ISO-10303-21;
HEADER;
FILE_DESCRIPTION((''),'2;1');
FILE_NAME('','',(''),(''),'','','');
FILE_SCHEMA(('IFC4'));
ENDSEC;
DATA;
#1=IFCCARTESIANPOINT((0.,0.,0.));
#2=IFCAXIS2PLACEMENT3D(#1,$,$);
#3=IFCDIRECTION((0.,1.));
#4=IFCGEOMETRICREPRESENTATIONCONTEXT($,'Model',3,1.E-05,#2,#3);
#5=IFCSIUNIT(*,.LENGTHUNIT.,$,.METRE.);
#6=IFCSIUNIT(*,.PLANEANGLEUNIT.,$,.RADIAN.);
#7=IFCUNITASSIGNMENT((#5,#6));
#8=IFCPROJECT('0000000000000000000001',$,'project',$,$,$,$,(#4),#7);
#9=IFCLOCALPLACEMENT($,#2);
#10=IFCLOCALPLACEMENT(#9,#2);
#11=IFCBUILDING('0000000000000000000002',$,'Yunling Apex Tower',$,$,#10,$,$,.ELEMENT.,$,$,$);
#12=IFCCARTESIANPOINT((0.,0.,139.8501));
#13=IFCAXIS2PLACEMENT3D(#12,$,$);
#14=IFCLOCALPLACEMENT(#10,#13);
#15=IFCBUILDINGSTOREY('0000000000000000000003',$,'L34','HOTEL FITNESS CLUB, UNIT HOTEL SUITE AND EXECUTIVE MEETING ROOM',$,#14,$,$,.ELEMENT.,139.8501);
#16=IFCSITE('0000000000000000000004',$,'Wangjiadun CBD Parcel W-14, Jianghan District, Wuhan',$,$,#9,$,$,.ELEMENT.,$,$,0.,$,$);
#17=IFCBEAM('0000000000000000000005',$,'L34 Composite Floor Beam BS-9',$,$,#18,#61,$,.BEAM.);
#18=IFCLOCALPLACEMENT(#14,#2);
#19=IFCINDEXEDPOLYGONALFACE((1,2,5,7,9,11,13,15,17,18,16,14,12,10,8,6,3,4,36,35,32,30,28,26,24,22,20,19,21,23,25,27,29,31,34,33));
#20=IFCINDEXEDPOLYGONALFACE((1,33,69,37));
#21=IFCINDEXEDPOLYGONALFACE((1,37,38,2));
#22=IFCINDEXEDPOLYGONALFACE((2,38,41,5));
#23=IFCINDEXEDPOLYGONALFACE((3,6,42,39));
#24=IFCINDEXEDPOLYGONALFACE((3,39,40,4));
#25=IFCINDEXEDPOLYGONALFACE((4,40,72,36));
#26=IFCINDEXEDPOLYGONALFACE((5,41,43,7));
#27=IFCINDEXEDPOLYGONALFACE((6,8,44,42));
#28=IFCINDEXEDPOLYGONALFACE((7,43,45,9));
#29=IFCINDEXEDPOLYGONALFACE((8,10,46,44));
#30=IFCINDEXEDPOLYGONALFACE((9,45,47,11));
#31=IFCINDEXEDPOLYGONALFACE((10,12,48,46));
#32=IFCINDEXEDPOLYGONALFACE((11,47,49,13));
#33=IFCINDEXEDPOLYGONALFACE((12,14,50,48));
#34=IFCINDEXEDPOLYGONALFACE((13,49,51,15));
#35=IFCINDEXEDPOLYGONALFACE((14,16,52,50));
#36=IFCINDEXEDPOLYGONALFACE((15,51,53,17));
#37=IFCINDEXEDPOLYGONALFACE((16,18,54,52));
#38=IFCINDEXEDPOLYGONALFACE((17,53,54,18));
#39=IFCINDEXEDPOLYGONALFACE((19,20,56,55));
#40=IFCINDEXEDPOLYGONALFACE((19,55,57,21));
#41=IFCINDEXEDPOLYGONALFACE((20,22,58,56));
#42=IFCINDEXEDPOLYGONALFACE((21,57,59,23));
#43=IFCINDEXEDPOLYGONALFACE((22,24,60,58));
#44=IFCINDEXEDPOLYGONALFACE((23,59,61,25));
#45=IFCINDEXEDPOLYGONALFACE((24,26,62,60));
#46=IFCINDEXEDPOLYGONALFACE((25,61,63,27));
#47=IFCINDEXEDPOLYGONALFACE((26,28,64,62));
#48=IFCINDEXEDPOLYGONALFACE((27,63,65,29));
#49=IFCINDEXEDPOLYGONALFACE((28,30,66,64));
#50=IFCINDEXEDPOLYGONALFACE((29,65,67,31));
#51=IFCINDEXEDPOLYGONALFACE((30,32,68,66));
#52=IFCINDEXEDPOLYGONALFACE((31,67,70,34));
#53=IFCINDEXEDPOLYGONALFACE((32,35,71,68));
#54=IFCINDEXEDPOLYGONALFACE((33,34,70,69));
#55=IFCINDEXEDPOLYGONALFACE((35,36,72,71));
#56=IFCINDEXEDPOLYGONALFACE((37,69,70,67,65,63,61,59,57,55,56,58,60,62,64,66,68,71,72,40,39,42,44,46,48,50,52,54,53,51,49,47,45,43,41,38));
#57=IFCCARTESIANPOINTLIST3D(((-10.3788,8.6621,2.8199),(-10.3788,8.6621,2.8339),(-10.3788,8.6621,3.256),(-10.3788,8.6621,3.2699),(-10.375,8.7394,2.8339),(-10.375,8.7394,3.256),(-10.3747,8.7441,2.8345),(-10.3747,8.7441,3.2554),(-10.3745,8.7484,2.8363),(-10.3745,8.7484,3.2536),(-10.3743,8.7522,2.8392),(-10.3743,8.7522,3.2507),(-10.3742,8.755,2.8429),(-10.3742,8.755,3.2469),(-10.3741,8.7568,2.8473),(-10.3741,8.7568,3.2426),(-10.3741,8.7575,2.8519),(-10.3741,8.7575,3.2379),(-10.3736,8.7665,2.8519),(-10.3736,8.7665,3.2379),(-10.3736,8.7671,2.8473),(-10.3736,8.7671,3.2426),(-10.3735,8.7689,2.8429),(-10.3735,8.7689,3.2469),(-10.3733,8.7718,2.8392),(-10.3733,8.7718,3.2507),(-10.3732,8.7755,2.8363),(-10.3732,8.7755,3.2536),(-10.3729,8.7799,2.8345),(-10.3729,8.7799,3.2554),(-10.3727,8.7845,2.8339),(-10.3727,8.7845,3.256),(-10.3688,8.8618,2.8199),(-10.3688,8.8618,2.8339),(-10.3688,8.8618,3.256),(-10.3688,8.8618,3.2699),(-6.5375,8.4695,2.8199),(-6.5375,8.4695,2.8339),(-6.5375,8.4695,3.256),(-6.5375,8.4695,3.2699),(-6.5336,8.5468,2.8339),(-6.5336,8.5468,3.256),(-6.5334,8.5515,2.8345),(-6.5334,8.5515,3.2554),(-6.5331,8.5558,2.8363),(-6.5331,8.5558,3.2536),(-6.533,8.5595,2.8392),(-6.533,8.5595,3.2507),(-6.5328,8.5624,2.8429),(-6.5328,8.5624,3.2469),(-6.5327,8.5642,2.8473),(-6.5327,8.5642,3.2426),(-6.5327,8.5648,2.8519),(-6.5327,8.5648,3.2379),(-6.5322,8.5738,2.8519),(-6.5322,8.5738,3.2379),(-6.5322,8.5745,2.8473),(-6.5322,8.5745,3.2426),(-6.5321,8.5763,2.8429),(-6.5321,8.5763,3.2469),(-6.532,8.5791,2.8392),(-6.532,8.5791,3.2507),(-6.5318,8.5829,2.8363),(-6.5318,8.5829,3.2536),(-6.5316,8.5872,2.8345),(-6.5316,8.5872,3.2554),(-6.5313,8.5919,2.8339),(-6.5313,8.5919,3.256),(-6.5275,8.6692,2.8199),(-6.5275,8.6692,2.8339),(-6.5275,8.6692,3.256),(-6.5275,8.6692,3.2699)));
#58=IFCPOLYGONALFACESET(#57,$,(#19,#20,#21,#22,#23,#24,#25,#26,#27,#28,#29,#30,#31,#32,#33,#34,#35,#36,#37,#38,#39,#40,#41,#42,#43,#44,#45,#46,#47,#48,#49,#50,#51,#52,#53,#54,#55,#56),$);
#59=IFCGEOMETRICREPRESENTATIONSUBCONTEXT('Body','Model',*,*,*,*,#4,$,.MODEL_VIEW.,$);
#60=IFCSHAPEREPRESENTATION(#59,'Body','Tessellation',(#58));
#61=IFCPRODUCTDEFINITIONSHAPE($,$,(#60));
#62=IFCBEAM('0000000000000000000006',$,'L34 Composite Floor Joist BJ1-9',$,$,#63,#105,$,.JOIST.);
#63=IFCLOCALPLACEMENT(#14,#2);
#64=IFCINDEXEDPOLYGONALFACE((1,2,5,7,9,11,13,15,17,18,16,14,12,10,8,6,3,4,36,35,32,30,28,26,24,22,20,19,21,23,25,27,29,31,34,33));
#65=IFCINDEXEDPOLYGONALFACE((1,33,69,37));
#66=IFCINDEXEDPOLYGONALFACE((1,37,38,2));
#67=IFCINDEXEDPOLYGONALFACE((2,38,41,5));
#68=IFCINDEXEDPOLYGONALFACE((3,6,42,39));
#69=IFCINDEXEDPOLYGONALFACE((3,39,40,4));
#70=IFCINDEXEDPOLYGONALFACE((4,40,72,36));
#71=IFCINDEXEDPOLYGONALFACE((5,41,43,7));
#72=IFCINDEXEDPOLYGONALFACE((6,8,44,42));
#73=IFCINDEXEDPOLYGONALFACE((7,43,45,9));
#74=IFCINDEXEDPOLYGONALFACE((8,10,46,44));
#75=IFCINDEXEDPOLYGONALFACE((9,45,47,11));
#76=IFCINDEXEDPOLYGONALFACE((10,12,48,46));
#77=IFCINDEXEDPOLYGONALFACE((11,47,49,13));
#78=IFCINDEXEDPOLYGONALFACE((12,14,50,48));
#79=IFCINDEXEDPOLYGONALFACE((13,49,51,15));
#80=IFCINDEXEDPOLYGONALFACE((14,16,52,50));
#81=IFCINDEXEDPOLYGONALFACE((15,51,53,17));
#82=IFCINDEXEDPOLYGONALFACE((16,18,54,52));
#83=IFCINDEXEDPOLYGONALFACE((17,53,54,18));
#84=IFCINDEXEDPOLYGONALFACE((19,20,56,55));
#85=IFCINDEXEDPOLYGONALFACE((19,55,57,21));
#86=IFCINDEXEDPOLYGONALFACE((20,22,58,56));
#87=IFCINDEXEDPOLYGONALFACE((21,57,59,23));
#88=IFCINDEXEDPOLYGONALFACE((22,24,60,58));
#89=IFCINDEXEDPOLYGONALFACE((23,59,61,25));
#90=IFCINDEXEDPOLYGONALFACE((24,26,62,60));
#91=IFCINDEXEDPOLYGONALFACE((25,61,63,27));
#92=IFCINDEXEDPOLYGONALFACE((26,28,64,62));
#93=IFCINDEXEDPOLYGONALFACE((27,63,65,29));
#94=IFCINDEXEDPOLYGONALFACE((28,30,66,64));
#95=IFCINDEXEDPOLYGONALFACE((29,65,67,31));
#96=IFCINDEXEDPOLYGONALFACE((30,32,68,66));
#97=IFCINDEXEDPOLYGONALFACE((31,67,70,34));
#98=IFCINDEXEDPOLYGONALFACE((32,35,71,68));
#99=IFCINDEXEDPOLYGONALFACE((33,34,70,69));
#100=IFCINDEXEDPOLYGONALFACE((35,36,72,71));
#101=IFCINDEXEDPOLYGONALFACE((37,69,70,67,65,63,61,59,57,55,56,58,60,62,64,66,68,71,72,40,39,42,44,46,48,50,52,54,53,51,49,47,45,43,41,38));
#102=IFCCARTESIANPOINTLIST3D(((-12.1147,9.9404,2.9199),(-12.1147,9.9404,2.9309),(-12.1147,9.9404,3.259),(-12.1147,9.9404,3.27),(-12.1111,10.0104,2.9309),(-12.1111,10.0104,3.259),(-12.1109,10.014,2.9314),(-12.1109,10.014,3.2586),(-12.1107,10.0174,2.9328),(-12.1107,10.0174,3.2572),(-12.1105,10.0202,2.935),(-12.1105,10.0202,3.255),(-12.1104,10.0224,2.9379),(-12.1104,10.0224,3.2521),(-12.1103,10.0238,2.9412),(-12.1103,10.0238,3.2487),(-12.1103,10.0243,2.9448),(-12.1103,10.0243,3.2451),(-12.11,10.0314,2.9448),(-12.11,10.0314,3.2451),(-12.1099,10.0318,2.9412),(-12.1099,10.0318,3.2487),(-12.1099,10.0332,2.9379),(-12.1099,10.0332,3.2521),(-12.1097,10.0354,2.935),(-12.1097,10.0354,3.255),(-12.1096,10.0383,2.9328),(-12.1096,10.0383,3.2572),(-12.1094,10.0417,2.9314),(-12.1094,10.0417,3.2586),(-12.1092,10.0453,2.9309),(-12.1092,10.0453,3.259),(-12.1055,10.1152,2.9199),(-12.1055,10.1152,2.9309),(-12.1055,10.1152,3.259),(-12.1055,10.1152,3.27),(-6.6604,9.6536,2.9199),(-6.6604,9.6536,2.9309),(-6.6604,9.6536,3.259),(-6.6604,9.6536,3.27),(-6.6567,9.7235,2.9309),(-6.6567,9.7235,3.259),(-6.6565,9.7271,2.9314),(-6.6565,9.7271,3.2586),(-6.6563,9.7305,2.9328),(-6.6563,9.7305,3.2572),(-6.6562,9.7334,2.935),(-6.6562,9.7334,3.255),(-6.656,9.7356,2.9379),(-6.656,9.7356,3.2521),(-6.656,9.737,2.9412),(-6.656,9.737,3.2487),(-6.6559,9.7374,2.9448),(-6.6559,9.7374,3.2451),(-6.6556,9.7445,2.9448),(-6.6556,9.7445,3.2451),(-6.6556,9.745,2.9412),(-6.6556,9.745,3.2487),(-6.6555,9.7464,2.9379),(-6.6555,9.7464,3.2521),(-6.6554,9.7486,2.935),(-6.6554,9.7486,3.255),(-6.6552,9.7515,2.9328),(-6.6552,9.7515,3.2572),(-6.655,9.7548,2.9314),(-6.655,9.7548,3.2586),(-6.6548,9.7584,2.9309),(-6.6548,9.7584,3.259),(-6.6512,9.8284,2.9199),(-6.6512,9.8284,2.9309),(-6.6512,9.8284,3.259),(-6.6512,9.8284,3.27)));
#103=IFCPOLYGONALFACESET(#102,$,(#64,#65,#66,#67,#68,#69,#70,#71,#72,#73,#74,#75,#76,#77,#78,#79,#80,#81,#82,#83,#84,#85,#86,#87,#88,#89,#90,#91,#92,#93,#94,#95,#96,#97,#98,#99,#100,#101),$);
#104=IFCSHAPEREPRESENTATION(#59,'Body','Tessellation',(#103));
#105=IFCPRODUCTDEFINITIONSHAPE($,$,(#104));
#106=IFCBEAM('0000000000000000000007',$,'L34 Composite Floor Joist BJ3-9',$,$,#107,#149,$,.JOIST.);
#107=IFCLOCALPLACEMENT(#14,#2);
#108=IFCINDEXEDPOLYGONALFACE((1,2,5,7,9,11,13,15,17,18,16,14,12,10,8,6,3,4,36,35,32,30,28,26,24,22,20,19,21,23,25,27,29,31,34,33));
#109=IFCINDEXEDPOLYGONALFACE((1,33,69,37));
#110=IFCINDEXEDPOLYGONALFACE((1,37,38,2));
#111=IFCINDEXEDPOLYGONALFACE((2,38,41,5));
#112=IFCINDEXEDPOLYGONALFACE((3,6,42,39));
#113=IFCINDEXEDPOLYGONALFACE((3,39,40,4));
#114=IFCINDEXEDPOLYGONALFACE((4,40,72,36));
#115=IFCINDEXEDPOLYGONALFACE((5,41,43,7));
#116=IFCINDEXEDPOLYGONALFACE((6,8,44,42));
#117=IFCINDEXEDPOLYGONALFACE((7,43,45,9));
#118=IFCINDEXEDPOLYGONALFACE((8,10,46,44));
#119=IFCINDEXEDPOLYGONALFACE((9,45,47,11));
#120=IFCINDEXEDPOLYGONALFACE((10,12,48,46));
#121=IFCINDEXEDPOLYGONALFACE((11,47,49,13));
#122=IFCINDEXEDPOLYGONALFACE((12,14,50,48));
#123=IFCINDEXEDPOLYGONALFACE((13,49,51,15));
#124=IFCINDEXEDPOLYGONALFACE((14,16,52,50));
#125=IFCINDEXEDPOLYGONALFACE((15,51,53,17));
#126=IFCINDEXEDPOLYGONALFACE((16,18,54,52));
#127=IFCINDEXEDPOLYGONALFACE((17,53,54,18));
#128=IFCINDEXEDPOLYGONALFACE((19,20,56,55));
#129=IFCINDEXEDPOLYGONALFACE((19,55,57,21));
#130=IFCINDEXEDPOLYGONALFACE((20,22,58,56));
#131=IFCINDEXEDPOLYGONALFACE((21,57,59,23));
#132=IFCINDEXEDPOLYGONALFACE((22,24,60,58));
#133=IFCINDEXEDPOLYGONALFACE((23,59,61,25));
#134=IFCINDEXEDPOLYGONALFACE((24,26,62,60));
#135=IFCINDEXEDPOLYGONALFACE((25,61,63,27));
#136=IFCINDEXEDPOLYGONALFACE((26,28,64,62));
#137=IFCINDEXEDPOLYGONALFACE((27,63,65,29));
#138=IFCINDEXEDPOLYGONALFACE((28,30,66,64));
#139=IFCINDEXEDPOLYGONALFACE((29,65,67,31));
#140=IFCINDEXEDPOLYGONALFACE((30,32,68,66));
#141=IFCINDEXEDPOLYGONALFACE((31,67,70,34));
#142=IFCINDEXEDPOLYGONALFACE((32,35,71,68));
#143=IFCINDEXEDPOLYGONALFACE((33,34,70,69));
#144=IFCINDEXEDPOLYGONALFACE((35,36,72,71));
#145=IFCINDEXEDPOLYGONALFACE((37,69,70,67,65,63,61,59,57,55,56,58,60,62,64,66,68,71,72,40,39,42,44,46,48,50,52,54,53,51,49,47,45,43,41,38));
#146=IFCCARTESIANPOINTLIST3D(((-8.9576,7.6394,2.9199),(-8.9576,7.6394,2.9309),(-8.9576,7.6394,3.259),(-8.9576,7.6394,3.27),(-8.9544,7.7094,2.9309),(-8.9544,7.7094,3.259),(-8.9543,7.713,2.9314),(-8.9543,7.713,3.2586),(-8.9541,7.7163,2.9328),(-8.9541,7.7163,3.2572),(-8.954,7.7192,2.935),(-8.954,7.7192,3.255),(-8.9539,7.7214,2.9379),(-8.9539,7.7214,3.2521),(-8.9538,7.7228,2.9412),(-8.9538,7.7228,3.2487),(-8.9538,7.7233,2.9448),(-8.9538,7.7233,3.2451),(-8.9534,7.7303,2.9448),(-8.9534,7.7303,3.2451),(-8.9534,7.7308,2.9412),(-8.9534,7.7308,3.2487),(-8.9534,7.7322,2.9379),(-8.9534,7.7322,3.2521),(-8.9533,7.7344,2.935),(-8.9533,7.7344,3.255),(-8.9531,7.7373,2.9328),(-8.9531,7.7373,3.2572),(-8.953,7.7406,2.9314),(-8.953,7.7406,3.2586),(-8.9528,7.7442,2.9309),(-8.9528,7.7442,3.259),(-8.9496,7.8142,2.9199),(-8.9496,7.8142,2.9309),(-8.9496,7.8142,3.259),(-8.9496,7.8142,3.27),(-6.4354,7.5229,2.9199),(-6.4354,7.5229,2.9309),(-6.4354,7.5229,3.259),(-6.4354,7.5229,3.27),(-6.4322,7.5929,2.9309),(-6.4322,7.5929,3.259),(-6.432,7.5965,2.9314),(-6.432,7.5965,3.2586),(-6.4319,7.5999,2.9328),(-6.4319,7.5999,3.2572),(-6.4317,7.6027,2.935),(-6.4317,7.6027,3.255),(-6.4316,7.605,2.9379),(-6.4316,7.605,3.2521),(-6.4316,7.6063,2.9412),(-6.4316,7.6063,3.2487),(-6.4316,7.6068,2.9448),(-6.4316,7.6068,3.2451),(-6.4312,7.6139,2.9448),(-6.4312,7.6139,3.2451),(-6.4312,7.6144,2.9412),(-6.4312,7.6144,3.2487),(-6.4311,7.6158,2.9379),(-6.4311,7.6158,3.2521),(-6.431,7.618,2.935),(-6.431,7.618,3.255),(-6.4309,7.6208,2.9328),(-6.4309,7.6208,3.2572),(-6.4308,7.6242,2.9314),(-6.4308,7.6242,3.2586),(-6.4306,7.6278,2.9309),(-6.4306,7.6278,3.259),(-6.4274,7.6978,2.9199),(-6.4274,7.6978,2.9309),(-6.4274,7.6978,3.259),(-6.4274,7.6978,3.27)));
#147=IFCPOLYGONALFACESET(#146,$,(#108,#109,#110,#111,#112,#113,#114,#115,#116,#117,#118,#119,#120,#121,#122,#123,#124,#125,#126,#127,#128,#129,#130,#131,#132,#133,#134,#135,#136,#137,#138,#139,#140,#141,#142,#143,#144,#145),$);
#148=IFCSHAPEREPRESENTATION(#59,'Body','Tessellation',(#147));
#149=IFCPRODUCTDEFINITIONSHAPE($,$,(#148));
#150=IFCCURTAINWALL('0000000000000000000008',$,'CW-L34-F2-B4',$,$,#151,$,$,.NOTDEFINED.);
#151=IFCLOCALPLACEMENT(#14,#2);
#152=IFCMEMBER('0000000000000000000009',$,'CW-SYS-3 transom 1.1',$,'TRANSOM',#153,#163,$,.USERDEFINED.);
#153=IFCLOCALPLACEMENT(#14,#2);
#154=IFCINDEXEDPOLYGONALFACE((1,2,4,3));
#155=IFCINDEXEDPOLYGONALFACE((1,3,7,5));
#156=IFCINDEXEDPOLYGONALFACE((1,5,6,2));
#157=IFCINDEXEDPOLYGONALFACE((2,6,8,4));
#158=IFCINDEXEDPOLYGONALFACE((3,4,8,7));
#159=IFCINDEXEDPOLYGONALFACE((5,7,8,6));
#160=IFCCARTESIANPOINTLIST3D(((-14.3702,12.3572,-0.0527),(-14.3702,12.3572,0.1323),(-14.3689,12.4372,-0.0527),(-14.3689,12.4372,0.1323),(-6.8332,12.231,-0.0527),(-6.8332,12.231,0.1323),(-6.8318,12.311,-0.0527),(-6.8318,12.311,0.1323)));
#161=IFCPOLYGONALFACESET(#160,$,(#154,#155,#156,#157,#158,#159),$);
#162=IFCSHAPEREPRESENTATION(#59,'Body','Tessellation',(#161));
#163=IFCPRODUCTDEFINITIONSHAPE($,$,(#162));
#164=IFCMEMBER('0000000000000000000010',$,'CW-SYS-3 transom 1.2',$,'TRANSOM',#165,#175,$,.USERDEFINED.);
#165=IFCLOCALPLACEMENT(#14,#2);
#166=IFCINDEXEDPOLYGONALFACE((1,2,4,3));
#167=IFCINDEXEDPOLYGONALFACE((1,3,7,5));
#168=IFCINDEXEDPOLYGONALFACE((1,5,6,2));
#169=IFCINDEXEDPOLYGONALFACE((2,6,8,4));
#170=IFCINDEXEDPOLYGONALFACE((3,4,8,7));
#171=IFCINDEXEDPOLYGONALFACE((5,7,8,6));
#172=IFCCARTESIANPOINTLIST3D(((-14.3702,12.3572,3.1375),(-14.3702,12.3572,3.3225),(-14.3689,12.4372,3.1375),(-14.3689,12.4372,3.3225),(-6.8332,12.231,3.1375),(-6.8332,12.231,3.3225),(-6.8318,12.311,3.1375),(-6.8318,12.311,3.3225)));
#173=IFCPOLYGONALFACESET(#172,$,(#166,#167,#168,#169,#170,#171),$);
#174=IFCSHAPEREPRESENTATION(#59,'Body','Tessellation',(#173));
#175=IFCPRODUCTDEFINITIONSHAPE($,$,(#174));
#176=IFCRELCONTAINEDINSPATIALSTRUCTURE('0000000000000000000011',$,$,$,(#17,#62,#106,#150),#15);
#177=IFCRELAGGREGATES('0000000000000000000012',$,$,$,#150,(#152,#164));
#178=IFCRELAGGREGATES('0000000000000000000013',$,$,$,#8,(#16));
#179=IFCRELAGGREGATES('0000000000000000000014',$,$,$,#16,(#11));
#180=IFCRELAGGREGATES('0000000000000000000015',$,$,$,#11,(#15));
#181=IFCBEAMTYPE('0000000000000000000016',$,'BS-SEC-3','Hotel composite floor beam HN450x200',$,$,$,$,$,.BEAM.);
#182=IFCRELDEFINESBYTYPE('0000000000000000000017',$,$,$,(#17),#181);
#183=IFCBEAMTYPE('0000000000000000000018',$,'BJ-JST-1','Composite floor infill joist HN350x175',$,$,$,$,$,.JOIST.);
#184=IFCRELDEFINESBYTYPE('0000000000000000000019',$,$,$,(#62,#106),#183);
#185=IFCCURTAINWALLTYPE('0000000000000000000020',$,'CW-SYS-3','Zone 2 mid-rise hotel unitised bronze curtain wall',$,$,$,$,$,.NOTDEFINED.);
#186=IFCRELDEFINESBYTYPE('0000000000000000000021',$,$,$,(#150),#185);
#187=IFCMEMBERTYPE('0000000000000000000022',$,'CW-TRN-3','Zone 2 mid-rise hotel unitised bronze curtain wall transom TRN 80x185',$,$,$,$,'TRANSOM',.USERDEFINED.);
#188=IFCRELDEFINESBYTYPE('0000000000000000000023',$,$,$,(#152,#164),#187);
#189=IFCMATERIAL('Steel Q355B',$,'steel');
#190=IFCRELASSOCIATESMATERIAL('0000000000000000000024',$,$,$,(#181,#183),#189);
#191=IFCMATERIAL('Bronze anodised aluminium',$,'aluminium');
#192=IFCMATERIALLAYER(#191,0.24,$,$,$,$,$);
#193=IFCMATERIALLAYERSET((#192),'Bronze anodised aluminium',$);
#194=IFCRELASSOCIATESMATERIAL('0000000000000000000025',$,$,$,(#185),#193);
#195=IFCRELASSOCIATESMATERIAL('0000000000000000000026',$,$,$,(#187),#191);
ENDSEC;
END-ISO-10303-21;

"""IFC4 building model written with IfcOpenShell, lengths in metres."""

from ifc_helpers import new_model, si_unit, direction, frame, origin, origin_2d, place, context, subcontext, project, spatial, rectangle, i_section, extrude, source, transform, mapped, material, layer, layer_set, material_profile, profile_set, type_object, element, aggregate, save


model = new_model("IFC4")

# Units and contexts
model_context = context("Model", 3, precision=1e-05, world=origin(), true_north=direction((0.0, 1.0)))
body_context = subcontext(model_context, "Body", "Model", "MODEL_VIEW")
ifc_project = project(units=[si_unit("LENGTHUNIT", "METRE"), si_unit("PLANEANGLEUNIT", "RADIAN")], contexts=[model_context])

# Site, building, storey
site_placement = place(None, origin())
site = spatial("IfcSite", under=ifc_project, at=site_placement, Name="Wangjiadun CBD Parcel W-14, Jianghan District, Wuhan", CompositionType="ELEMENT", RefElevation=0.0)
building_placement = place(site_placement, origin())
building = spatial("IfcBuilding", under=site, at=building_placement, Name="Yunling Apex Tower", CompositionType="ELEMENT")
storey_placement = place(building_placement, frame((0.0, 0.0, 139.8501)))
storey = spatial("IfcBuildingStorey", under=building, at=storey_placement, Name="L34", Description="HOTEL FITNESS CLUB, UNIT HOTEL SUITE AND EXECUTIVE MEETING ROOM", CompositionType="ELEMENT", Elevation=139.8501)

# Beams
ifc_material_1 = material(Name="Steel Q355B", Category="steel")
ifc_material_profile_1 = material_profile(ifc_material_1, i_section(OverallWidth=0.2, OverallDepth=0.45, WebThickness=0.009, FlangeThickness=0.0139, FilletRadius=0.0181, at=origin_2d()))
ifc_profile_set_1 = profile_set([ifc_material_profile_1], Name="Steel Q355B")
beam_type_1 = type_object("IfcBeamType", Name="BS-SEC-3", Description="Hotel composite floor beam HN450x200", PredefinedType="BEAM", material=ifc_profile_set_1)
shared_shape_1 = source(origin(), body_context, "Body", "SweptSolid", [
    extrude(i_section(OverallWidth=0.2, OverallDepth=0.45, WebThickness=0.009, FlangeThickness=0.0139, FilletRadius=0.0181, at=origin_2d()), origin(), (0.0, 0.0, 1.0), 3.8462),
])
beam_1_placement = place(storey_placement, frame((-6.5325, 8.5693, 3.0449), z_axis=(-0.998745, 0.050083, 0.0), x_axis=(-0.050083, -0.998745, 0.0)))
element("IfcBeam", 1, at=beam_1_placement, inside=storey, type_object=beam_type_1, Name="L34 Composite Floor Beam BS-9", PredefinedType="BEAM", context=body_context, shape_type="MappedRepresentation", body=[
    mapped(shared_shape_1, transform((0.0, 0.0, 0.0), scale=1.0)),
])
ifc_material_profile_2 = material_profile(ifc_material_1, i_section(OverallWidth=0.175, OverallDepth=0.3501, WebThickness=0.0071, FlangeThickness=0.011, FilletRadius=0.0139, at=origin_2d()))
ifc_profile_set_2 = profile_set([ifc_material_profile_2], Name="Steel Q355B")
beam_type_2 = type_object("IfcBeamType", Name="BJ-JST-1", Description="Composite floor infill joist HN350x175", PredefinedType="JOIST", material=ifc_profile_set_2)
shared_shape_2 = source(origin(), body_context, "Body", "SweptSolid", [
    extrude(i_section(OverallWidth=0.175, OverallDepth=0.3501, WebThickness=0.0071, FlangeThickness=0.011, FilletRadius=0.0139, at=origin_2d()), origin(), (0.0, 0.0, 1.0), 5.4619),
])
beam_2_placement = place(storey_placement, frame((-6.6558, 9.741, 3.095), z_axis=(-0.99862, 0.052521, 0.0), x_axis=(-0.052521, -0.99862, 0.0)))
element("IfcBeam", 2, at=beam_2_placement, inside=storey, type_object=beam_type_2, Name="L34 Composite Floor Joist BJ1-9", PredefinedType="JOIST", context=body_context, shape_type="MappedRepresentation", body=[
    mapped(shared_shape_2, transform((0.0, 0.0, 0.0), scale=1.0)),
])
shared_shape_3 = source(origin(), body_context, "Body", "SweptSolid", [
    extrude(i_section(OverallWidth=0.175, OverallDepth=0.3501, WebThickness=0.0071, FlangeThickness=0.011, FilletRadius=0.0139, at=origin_2d()), origin(), (0.0, 0.0, 1.0), 2.5249),
])
beam_3_placement = place(storey_placement, frame((-6.4314, 7.6104, 3.095), z_axis=(-0.998936, 0.046123, 0.0), x_axis=(-0.046123, -0.998936, 0.0)))
element("IfcBeam", 3, at=beam_3_placement, inside=storey, type_object=beam_type_2, Name="L34 Composite Floor Joist BJ3-9", PredefinedType="JOIST", context=body_context, shape_type="MappedRepresentation", body=[
    mapped(shared_shape_3, transform((0.0, 0.0, 0.0), scale=1.0)),
])

# Curtain wall, members
ifc_material_2 = material(Name="Bronze anodised aluminium", Category="aluminium")
ifc_layer_1 = layer(ifc_material_2, 0.24)
ifc_layer_set_1 = layer_set([ifc_layer_1], Name="Bronze anodised aluminium")
curtain_wall_type = type_object("IfcCurtainWallType", Name="CW-SYS-3", Description="Zone 2 mid-rise hotel unitised bronze curtain wall", PredefinedType="NOTDEFINED", material=ifc_layer_set_1)
curtain_wall_1_placement = place(storey_placement, origin())
curtain_wall_1 = element("IfcCurtainWall", 4, at=curtain_wall_1_placement, inside=storey, type_object=curtain_wall_type, Name="CW-L34-F2-B4", PredefinedType="NOTDEFINED")
ifc_material_profile_3 = material_profile(ifc_material_2, rectangle(XDim=0.0801, YDim=0.1851, at=origin_2d()))
ifc_profile_set_3 = profile_set([ifc_material_profile_3], Name="Bronze anodised aluminium")
member_type_1 = type_object("IfcMemberType", Name="CW-TRN-3", Description="Zone 2 mid-rise hotel unitised bronze curtain wall transom TRN 80x185", ElementType="TRANSOM", PredefinedType="USERDEFINED", material=ifc_profile_set_3)
shared_shape_4 = source(origin(), body_context, "Body", "SweptSolid", [
    extrude(rectangle(XDim=0.0801, YDim=0.1851, at=origin_2d()), origin(), (0.0, 0.0, 1.0), 7.5381),
])
member_1_placement = place(storey_placement, frame((-6.8325, 12.271, 0.0398), z_axis=(-0.99986, 0.016744, 0.0), x_axis=(-0.016744, -0.99986, 0.0)))
member_1 = element("IfcMember", 5, at=member_1_placement, type_object=member_type_1, Name="CW-SYS-3 transom 1.1", ObjectType="TRANSOM", PredefinedType="USERDEFINED", context=body_context, shape_type="MappedRepresentation", body=[
    mapped(shared_shape_4, transform((0.0, 0.0, 0.0), scale=1.0)),
])
member_2_placement = place(storey_placement, frame((-6.8325, 12.271, 3.23), z_axis=(-0.99986, 0.016744, 0.0), x_axis=(-0.016744, -0.99986, 0.0)))
member_2 = element("IfcMember", 6, at=member_2_placement, type_object=member_type_1, Name="CW-SYS-3 transom 1.2", ObjectType="TRANSOM", PredefinedType="USERDEFINED", context=body_context, shape_type="MappedRepresentation", body=[
    mapped(shared_shape_4, transform((0.0, 0.0, 0.0), scale=1.0)),
])

aggregate(curtain_wall_1, [member_1, member_2])

save(model, "model.ifc")
